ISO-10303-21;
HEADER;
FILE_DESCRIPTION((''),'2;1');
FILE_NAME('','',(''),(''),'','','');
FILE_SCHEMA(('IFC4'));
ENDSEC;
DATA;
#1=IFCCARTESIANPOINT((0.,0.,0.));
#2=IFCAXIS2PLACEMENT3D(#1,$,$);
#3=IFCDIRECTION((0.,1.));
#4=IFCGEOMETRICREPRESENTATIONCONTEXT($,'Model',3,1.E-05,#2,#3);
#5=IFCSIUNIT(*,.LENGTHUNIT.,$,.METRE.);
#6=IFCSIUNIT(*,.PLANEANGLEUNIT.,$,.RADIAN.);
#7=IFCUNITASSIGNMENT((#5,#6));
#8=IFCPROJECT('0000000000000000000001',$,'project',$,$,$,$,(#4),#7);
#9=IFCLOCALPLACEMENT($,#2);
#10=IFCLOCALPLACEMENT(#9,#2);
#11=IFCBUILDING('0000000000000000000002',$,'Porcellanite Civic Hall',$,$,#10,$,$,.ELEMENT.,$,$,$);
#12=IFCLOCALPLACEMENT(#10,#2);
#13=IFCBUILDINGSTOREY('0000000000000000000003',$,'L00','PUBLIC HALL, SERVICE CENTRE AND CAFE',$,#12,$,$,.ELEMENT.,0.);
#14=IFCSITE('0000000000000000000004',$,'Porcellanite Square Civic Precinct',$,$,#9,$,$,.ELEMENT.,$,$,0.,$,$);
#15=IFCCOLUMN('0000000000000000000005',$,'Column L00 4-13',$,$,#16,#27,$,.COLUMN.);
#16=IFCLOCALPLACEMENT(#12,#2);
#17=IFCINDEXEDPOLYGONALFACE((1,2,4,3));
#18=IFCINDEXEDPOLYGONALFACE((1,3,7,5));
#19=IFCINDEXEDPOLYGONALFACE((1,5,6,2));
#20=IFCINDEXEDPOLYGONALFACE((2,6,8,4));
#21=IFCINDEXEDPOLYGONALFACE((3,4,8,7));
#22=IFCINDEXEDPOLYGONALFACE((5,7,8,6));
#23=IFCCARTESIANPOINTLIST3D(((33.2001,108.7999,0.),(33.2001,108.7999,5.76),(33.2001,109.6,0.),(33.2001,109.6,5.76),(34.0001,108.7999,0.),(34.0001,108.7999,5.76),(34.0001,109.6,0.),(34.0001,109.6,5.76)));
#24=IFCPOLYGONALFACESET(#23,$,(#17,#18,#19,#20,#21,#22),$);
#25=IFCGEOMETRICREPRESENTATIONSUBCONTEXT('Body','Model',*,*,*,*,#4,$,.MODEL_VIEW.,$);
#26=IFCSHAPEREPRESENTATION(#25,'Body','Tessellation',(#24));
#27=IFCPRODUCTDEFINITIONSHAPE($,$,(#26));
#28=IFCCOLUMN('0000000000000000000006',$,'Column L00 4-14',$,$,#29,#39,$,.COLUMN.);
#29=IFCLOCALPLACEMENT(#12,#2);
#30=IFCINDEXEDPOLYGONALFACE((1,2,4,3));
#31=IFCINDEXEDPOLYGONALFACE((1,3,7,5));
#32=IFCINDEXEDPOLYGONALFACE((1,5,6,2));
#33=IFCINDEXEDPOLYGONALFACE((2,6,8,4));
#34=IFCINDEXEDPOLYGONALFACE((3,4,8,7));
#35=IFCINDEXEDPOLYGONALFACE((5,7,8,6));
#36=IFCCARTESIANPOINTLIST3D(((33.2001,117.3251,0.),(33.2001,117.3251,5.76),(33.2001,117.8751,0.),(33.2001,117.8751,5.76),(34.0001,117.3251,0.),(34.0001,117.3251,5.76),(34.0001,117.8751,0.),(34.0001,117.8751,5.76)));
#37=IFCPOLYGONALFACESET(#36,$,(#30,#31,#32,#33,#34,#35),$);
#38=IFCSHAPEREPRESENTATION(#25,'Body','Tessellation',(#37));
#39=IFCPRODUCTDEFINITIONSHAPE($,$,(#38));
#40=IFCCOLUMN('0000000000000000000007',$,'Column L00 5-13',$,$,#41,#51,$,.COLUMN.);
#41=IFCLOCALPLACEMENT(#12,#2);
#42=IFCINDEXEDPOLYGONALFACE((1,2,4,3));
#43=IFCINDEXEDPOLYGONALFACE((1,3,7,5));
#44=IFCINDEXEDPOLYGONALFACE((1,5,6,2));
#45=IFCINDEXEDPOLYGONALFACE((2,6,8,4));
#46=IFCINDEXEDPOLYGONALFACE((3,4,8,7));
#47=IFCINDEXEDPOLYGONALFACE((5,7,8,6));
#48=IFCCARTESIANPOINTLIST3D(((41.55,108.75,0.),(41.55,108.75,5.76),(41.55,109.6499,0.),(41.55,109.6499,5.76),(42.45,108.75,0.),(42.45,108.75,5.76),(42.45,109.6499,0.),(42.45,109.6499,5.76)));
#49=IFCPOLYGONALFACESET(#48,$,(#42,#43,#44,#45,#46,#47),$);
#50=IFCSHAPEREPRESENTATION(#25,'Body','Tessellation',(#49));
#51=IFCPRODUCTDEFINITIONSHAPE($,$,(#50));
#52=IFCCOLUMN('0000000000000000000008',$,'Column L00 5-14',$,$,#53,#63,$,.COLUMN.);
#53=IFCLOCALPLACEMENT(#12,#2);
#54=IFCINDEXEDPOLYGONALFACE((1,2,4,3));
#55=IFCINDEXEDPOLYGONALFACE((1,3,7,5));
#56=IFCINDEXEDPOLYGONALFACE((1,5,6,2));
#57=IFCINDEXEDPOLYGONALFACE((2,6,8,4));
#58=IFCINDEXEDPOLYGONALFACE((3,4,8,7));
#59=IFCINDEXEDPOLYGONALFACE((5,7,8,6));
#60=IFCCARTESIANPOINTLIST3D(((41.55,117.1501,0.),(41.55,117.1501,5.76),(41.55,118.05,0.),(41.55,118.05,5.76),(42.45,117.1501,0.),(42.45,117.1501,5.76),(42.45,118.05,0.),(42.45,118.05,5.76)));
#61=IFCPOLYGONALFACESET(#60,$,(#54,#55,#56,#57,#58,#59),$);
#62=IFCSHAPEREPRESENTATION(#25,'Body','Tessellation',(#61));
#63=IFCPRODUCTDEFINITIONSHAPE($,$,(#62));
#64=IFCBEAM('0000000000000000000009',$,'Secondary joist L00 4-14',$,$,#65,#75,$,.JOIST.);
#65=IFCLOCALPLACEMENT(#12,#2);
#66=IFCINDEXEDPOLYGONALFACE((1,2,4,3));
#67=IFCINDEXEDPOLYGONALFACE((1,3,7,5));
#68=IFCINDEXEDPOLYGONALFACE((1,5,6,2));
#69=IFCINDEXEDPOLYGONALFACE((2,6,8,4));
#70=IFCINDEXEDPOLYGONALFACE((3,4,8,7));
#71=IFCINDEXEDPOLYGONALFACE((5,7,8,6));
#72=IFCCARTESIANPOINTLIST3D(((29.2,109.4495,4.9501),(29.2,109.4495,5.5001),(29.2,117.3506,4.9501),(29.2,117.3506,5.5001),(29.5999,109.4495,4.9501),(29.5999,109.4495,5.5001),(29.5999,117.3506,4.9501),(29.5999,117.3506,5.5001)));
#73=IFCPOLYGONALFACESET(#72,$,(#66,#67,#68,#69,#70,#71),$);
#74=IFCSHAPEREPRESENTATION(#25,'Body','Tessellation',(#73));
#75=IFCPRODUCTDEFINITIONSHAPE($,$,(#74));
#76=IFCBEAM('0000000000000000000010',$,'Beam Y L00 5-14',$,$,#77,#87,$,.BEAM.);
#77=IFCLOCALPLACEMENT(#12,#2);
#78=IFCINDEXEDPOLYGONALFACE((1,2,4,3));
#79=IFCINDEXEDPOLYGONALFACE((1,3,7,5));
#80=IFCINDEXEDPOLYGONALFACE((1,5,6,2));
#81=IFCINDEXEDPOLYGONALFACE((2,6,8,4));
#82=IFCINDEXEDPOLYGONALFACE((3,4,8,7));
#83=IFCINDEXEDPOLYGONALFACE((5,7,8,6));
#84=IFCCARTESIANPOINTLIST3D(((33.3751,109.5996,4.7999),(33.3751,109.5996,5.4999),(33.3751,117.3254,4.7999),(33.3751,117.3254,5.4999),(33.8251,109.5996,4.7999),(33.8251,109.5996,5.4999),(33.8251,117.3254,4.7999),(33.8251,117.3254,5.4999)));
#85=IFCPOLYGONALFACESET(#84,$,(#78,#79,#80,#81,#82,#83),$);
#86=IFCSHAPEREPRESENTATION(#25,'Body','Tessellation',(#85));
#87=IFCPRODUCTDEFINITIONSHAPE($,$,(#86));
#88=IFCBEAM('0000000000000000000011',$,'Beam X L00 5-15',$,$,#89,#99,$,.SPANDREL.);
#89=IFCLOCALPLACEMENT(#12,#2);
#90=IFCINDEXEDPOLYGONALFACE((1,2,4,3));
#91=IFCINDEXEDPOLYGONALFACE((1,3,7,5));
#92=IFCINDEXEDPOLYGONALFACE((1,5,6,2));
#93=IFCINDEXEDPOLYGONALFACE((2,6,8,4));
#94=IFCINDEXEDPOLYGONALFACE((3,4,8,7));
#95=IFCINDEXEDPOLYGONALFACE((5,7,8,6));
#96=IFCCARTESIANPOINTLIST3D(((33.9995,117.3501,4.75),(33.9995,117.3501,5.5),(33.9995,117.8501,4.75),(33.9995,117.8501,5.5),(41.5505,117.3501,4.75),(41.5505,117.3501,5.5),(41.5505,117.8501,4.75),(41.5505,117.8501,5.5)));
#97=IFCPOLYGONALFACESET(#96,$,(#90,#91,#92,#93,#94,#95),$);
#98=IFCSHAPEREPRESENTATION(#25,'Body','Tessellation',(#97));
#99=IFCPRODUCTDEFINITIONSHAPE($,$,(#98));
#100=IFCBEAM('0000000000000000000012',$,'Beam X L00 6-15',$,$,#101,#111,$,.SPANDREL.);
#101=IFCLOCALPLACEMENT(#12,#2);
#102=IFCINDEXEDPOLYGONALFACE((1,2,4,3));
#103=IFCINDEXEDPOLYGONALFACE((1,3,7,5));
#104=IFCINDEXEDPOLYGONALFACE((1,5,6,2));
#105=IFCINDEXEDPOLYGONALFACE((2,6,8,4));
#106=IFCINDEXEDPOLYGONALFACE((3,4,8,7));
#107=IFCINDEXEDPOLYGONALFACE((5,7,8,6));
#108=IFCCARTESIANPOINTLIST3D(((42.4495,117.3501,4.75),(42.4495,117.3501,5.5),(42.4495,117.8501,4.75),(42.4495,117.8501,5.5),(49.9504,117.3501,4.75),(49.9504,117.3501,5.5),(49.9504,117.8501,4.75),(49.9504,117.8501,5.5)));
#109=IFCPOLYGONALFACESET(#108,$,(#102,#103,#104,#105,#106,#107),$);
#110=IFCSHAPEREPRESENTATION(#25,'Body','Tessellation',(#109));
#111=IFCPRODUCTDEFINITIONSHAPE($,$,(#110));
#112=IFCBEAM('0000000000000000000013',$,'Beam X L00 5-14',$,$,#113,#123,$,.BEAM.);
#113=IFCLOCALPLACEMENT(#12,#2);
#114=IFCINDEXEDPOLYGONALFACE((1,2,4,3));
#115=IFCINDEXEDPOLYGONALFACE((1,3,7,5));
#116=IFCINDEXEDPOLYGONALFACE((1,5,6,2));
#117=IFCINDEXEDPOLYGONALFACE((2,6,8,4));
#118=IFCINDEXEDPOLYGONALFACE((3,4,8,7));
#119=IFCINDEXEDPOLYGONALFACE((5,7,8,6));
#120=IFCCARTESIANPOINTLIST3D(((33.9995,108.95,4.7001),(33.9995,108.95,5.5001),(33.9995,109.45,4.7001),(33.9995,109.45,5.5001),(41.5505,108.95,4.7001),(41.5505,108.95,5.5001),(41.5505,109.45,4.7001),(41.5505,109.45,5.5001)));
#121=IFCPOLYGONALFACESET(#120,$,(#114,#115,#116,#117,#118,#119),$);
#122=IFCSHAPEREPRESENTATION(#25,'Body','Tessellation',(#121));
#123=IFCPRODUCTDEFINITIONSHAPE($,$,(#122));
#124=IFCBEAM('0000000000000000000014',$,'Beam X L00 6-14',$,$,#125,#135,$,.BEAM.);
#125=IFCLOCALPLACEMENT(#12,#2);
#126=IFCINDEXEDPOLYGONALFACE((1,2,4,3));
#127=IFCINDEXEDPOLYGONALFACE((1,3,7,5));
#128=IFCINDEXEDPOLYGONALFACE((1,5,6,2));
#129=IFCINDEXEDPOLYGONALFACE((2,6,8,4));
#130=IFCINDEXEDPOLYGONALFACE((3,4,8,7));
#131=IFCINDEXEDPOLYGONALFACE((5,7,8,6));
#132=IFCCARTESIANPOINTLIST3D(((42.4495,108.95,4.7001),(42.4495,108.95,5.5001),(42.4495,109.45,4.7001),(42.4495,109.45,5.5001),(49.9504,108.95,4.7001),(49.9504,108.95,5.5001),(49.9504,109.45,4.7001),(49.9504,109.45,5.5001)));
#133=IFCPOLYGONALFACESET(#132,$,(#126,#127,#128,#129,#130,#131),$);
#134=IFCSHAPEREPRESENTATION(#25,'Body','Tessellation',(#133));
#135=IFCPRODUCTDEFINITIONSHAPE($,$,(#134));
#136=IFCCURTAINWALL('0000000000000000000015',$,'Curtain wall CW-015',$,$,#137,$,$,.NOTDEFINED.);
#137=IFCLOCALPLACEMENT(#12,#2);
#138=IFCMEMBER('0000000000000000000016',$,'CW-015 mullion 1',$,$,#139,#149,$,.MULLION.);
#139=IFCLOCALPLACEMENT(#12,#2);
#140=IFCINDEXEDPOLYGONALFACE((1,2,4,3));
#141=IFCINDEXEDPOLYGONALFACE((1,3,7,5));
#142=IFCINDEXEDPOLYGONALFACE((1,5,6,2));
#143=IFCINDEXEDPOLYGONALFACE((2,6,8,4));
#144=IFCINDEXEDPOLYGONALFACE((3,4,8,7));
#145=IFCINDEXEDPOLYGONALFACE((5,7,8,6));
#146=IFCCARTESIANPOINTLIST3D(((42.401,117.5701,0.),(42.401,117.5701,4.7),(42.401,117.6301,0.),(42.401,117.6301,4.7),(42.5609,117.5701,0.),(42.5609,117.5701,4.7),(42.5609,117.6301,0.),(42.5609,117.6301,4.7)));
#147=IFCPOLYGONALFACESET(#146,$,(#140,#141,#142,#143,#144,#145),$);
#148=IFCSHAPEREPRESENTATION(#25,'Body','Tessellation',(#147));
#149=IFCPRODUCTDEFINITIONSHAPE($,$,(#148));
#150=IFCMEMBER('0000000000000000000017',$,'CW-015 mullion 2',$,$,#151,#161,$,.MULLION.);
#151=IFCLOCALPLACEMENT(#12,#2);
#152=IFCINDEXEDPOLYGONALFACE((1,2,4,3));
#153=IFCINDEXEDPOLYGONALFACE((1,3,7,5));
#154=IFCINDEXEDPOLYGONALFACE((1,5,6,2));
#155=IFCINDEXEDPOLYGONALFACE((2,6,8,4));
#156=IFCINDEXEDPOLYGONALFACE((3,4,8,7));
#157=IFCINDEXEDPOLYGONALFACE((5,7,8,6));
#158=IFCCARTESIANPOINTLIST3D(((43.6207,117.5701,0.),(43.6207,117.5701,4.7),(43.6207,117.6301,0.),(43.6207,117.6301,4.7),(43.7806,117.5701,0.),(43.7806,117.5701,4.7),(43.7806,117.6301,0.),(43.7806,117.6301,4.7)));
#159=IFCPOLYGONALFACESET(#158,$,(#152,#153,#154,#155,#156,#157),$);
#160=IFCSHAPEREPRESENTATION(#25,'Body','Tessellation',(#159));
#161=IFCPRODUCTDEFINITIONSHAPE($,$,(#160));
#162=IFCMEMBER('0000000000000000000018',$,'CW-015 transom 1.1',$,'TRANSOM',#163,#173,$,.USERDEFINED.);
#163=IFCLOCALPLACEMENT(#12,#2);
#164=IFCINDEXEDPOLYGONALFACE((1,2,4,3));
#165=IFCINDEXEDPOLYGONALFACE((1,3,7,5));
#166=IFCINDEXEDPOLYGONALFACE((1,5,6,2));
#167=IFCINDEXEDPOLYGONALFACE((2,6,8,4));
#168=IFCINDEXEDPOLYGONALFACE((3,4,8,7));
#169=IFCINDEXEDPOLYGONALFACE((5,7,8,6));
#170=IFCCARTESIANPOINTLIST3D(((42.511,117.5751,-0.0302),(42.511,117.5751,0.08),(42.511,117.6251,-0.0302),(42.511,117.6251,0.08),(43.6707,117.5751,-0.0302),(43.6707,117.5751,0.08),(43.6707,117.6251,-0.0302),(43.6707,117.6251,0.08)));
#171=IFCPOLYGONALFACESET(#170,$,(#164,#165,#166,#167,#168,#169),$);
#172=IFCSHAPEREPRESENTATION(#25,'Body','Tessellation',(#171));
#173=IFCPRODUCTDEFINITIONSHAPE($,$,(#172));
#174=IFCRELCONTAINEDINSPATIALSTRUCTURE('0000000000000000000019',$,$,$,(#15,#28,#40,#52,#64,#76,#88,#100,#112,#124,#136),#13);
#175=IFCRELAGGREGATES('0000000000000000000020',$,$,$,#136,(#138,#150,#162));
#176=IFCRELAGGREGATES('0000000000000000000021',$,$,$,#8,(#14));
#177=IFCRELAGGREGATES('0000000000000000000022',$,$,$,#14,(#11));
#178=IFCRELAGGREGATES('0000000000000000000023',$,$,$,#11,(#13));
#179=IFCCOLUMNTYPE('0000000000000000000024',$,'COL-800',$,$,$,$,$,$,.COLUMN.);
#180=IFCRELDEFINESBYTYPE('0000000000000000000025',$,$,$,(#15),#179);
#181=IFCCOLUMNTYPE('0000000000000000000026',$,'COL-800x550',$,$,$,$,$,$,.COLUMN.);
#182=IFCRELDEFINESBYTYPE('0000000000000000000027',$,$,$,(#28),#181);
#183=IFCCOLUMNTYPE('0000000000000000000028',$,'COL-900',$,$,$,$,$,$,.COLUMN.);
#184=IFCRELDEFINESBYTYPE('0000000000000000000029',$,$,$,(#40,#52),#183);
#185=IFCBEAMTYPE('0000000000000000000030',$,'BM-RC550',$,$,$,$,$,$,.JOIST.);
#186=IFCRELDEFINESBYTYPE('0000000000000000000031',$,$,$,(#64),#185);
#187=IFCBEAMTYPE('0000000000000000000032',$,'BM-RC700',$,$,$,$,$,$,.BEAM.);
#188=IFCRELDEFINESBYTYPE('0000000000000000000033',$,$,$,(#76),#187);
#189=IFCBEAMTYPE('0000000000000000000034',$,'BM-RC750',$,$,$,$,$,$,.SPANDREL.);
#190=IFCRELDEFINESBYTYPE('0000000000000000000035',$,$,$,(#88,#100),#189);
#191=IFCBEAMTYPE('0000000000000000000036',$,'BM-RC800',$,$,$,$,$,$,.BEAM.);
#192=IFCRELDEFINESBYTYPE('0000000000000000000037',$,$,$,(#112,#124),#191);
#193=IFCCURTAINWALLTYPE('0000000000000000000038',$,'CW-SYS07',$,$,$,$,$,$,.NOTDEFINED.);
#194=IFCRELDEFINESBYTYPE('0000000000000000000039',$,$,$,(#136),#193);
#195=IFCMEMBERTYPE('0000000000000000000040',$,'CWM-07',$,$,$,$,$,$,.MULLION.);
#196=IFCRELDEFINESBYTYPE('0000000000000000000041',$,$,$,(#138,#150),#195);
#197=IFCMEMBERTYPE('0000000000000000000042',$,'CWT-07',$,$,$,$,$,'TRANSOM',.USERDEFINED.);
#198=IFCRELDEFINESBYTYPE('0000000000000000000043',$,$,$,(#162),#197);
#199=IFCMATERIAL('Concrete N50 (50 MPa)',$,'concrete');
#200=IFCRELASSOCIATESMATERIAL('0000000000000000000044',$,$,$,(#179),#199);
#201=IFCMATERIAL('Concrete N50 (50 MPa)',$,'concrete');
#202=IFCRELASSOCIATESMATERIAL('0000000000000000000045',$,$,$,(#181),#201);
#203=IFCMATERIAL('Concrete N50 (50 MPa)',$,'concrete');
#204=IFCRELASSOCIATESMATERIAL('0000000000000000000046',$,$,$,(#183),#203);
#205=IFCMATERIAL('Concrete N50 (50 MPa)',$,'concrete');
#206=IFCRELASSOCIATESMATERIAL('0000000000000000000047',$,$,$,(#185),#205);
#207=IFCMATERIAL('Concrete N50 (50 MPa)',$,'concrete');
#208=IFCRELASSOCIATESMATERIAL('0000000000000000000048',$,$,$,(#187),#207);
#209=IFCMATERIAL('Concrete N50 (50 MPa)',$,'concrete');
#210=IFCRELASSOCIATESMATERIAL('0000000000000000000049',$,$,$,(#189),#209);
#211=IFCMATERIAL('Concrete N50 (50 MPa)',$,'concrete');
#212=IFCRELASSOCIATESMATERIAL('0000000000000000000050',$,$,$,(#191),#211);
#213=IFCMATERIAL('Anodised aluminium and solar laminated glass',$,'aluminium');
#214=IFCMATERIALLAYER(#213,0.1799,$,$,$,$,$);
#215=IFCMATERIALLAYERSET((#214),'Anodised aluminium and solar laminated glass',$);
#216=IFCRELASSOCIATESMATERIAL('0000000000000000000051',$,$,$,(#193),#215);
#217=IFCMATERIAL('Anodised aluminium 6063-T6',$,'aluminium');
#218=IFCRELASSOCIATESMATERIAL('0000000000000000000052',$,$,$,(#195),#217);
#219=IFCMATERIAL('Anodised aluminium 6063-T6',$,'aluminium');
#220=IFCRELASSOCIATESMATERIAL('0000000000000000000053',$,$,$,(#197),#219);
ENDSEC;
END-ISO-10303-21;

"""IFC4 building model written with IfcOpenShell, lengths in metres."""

from ifc_helpers import new_model, si_unit, direction, frame, origin, origin_2d, place, context, subcontext, project, spatial, rectangle, extrude, material, layer, layer_set, material_profile, profile_set, type_object, element, aggregate, save


model = new_model("IFC4")

# Units and contexts
model_context = context("Model", 3, precision=1e-05, world=origin(), true_north=direction((0.0, 1.0)))
body_context = subcontext(model_context, "Body", "Model", "MODEL_VIEW")
ifc_project = project(units=[si_unit("LENGTHUNIT", "METRE"), si_unit("PLANEANGLEUNIT", "RADIAN")], contexts=[model_context])

# Site, building, storey
site_placement = place(None, origin())
site = spatial("IfcSite", under=ifc_project, at=site_placement, Name="Porcellanite Square Civic Precinct", CompositionType="ELEMENT", RefElevation=0.0)
building_placement = place(site_placement, origin())
building = spatial("IfcBuilding", under=site, at=building_placement, Name="Porcellanite Civic Hall", CompositionType="ELEMENT")
storey_placement = place(building_placement, origin())
storey = spatial("IfcBuildingStorey", under=building, at=storey_placement, Name="L00", Description="PUBLIC HALL, SERVICE CENTRE AND CAFE", CompositionType="ELEMENT", Elevation=0.0)

# Columns
ifc_material_1 = material(Name="Concrete N50 (50 MPa)", Category="concrete")
ifc_material_profile_1 = material_profile(ifc_material_1, rectangle(XDim=0.8, YDim=0.8, at=origin_2d()), Name="RC-800x800")
ifc_profile_set_1 = profile_set([ifc_material_profile_1], Name="Concrete N50 (50 MPa)")
column_type_1 = type_object("IfcColumnType", Name="COL-800", PredefinedType="COLUMN", material=ifc_profile_set_1)
column_1_placement = place(storey_placement, frame((33.6001, 109.2, 0.0), z_axis=(0.0, 0.0, 1.0), x_axis=(1.0, 0.0, 0.0)))
element("IfcColumn", 1, at=column_1_placement, inside=storey, type_object=column_type_1, Name="Column L00 4-13", PredefinedType="COLUMN", context=body_context, shape_type="SweptSolid", body=[
    extrude(rectangle(XDim=0.8, YDim=0.8, at=origin_2d()), origin(), (0.0, 0.0, 1.0), 5.76),
])
ifc_material_2 = material(Name="Concrete N50 (50 MPa)", Category="concrete")
ifc_material_profile_2 = material_profile(ifc_material_2, rectangle(XDim=0.8, YDim=0.55, at=origin_2d()), Name="RC-800x550")
ifc_profile_set_2 = profile_set([ifc_material_profile_2], Name="Concrete N50 (50 MPa)")
column_type_2 = type_object("IfcColumnType", Name="COL-800x550", PredefinedType="COLUMN", material=ifc_profile_set_2)
column_2_placement = place(storey_placement, frame((33.6001, 117.6001, 0.0), z_axis=(0.0, 0.0, 1.0), x_axis=(1.0, 0.0, 0.0)))
element("IfcColumn", 2, at=column_2_placement, inside=storey, type_object=column_type_2, Name="Column L00 4-14", PredefinedType="COLUMN", context=body_context, shape_type="SweptSolid", body=[
    extrude(rectangle(XDim=0.8, YDim=0.55, at=origin_2d()), origin(), (0.0, 0.0, 1.0), 5.76),
])
ifc_material_3 = material(Name="Concrete N50 (50 MPa)", Category="concrete")
ifc_material_profile_3 = material_profile(ifc_material_3, rectangle(XDim=0.8999, YDim=0.8999, at=origin_2d()), Name="RC-900x900")
ifc_profile_set_3 = profile_set([ifc_material_profile_3], Name="Concrete N50 (50 MPa)")
column_type_3 = type_object("IfcColumnType", Name="COL-900", PredefinedType="COLUMN", material=ifc_profile_set_3)
for number, where, z_axis, x_axis, name in (
    (3, (42.0, 109.2, 0.0), (0.0, 0.0, 1.0), (1.0, 0.0, 0.0), "Column L00 5-13"),
    (4, (42.0, 117.6001, 0.0), (0.0, 0.0, 1.0), (1.0, 0.0, 0.0), "Column L00 5-14"),
):
    element("IfcColumn", number, at=place(storey_placement, frame(where, z_axis=z_axis, x_axis=x_axis)), inside=storey, type_object=column_type_3, Name=name, PredefinedType="COLUMN", context=body_context, shape_type="SweptSolid", body=[
        extrude(rectangle(XDim=0.8999, YDim=0.8999, at=origin_2d()), origin(), (0.0, 0.0, 1.0), 5.76),
    ])

# Beams
ifc_material_4 = material(Name="Concrete N50 (50 MPa)", Category="concrete")
ifc_material_profile_4 = material_profile(ifc_material_4, rectangle(XDim=0.3999, YDim=0.55, at=origin_2d()), Name="RC-400x550")
ifc_profile_set_4 = profile_set([ifc_material_profile_4], Name="Concrete N50 (50 MPa)")
beam_type_1 = type_object("IfcBeamType", Name="BM-RC550", PredefinedType="JOIST", material=ifc_profile_set_4)
beam_1_placement = place(storey_placement, frame((29.3999, 109.4495, 5.2251), z_axis=(0.0, 1.0, 0.0), x_axis=(-1.0, 0.0, 0.0)))
element("IfcBeam", 5, at=beam_1_placement, inside=storey, type_object=beam_type_1, Name="Secondary joist L00 4-14", PredefinedType="JOIST", context=body_context, shape_type="SweptSolid", body=[
    extrude(rectangle(XDim=0.3999, YDim=0.55, at=origin_2d()), origin(), (0.0, 0.0, 1.0), 7.9011),
])
ifc_material_5 = material(Name="Concrete N50 (50 MPa)", Category="concrete")
ifc_material_profile_5 = material_profile(ifc_material_5, rectangle(XDim=0.45, YDim=0.7, at=origin_2d()), Name="RC-450x700")
ifc_profile_set_5 = profile_set([ifc_material_profile_5], Name="Concrete N50 (50 MPa)")
beam_type_2 = type_object("IfcBeamType", Name="BM-RC700", PredefinedType="BEAM", material=ifc_profile_set_5)
beam_2_placement = place(storey_placement, frame((33.6001, 109.5996, 5.1499), z_axis=(0.0, 1.0, 0.0), x_axis=(-1.0, 0.0, 0.0)))
element("IfcBeam", 6, at=beam_2_placement, inside=storey, type_object=beam_type_2, Name="Beam Y L00 5-14", PredefinedType="BEAM", context=body_context, shape_type="SweptSolid", body=[
    extrude(rectangle(XDim=0.45, YDim=0.7, at=origin_2d()), origin(), (0.0, 0.0, 1.0), 7.7258),
])
ifc_material_6 = material(Name="Concrete N50 (50 MPa)", Category="concrete")
ifc_material_profile_6 = material_profile(ifc_material_6, rectangle(XDim=0.5, YDim=0.75, at=origin_2d()), Name="RC-500x750")
ifc_profile_set_6 = profile_set([ifc_material_profile_6], Name="Concrete N50 (50 MPa)")
beam_type_3 = type_object("IfcBeamType", Name="BM-RC750", PredefinedType="SPANDREL", material=ifc_profile_set_6)
beam_3_placement = place(storey_placement, frame((33.9995, 117.6001, 5.125), z_axis=(1.0, 0.0, 0.0), x_axis=(0.0, 1.0, 0.0)))
element("IfcBeam", 7, at=beam_3_placement, inside=storey, type_object=beam_type_3, Name="Beam X L00 5-15", PredefinedType="SPANDREL", context=body_context, shape_type="SweptSolid", body=[
    extrude(rectangle(XDim=0.5, YDim=0.75, at=origin_2d()), origin(), (0.0, 0.0, 1.0), 7.551),
])
beam_4_placement = place(storey_placement, frame((42.4495, 117.6001, 5.125), z_axis=(1.0, 0.0, 0.0), x_axis=(0.0, 1.0, 0.0)))
element("IfcBeam", 8, at=beam_4_placement, inside=storey, type_object=beam_type_3, Name="Beam X L00 6-15", PredefinedType="SPANDREL", context=body_context, shape_type="SweptSolid", body=[
    extrude(rectangle(XDim=0.5, YDim=0.75, at=origin_2d()), origin(), (0.0, 0.0, 1.0), 7.501),
])
ifc_material_7 = material(Name="Concrete N50 (50 MPa)", Category="concrete")
ifc_material_profile_7 = material_profile(ifc_material_7, rectangle(XDim=0.5, YDim=0.8, at=origin_2d()), Name="RC-500x800")
ifc_profile_set_7 = profile_set([ifc_material_profile_7], Name="Concrete N50 (50 MPa)")
beam_type_4 = type_object("IfcBeamType", Name="BM-RC800", PredefinedType="BEAM", material=ifc_profile_set_7)
beam_5_placement = place(storey_placement, frame((33.9995, 109.2, 5.1001), z_axis=(1.0, 0.0, 0.0), x_axis=(0.0, 1.0, 0.0)))
element("IfcBeam", 9, at=beam_5_placement, inside=storey, type_object=beam_type_4, Name="Beam X L00 5-14", PredefinedType="BEAM", context=body_context, shape_type="SweptSolid", body=[
    extrude(rectangle(XDim=0.5, YDim=0.8, at=origin_2d()), origin(), (0.0, 0.0, 1.0), 7.551),
])
beam_6_placement = place(storey_placement, frame((42.4495, 109.2, 5.1001), z_axis=(1.0, 0.0, 0.0), x_axis=(0.0, 1.0, 0.0)))
element("IfcBeam", 10, at=beam_6_placement, inside=storey, type_object=beam_type_4, Name="Beam X L00 6-14", PredefinedType="BEAM", context=body_context, shape_type="SweptSolid", body=[
    extrude(rectangle(XDim=0.5, YDim=0.8, at=origin_2d()), origin(), (0.0, 0.0, 1.0), 7.501),
])

# Curtain wall, members
ifc_material_8 = material(Name="Anodised aluminium and solar laminated glass", Category="aluminium")
ifc_layer_1 = layer(ifc_material_8, 0.1799)
ifc_layer_set_1 = layer_set([ifc_layer_1], Name="Anodised aluminium and solar laminated glass")
curtain_wall_type = type_object("IfcCurtainWallType", Name="CW-SYS07", PredefinedType="NOTDEFINED", material=ifc_layer_set_1)
curtain_wall_placement = place(storey_placement, origin())
curtain_wall = element("IfcCurtainWall", 11, at=curtain_wall_placement, inside=storey, type_object=curtain_wall_type, Name="Curtain wall CW-015", PredefinedType="NOTDEFINED")
ifc_material_9 = material(Name="Anodised aluminium 6063-T6", Category="aluminium")
ifc_material_profile_8 = material_profile(ifc_material_9, rectangle(XDim=0.0601, YDim=0.1599, at=origin_2d()), Name="AL-60x160")
ifc_profile_set_8 = profile_set([ifc_material_profile_8], Name="Anodised aluminium 6063-T6")
member_type_1 = type_object("IfcMemberType", Name="CWM-07", PredefinedType="MULLION", material=ifc_profile_set_8)
member_1_placement = place(storey_placement, frame((42.481, 117.6001, 0.0), z_axis=(0.0, 0.0, 1.0), x_axis=(0.0, 1.0, 0.0)))
member_1 = element("IfcMember", 12, at=member_1_placement, type_object=member_type_1, Name="CW-015 mullion 1", PredefinedType="MULLION", context=body_context, shape_type="SweptSolid", body=[
    extrude(rectangle(XDim=0.0601, YDim=0.1599, at=origin_2d()), origin(), (0.0, 0.0, 1.0), 4.7),
])
member_2_placement = place(storey_placement, frame((43.7007, 117.6001, 0.0), z_axis=(0.0, 0.0, 1.0), x_axis=(0.0, 1.0, 0.0)))
member_2 = element("IfcMember", 13, at=member_2_placement, type_object=member_type_1, Name="CW-015 mullion 2", PredefinedType="MULLION", context=body_context, shape_type="SweptSolid", body=[
    extrude(rectangle(XDim=0.0601, YDim=0.1599, at=origin_2d()), origin(), (0.0, 0.0, 1.0), 4.7),
])
ifc_material_10 = material(Name="Anodised aluminium 6063-T6", Category="aluminium")
ifc_material_profile_9 = material_profile(ifc_material_10, rectangle(XDim=0.05, YDim=0.1101, at=origin_2d()), Name="AL-50x110")
ifc_profile_set_9 = profile_set([ifc_material_profile_9], Name="Anodised aluminium 6063-T6")
member_type_2 = type_object("IfcMemberType", Name="CWT-07", ElementType="TRANSOM", PredefinedType="USERDEFINED", material=ifc_profile_set_9)
member_3_placement = place(storey_placement, frame((42.511, 117.6001, 0.0249), z_axis=(1.0, 0.0, 0.0), x_axis=(0.0, 1.0, 0.0)))
member_3 = element("IfcMember", 14, at=member_3_placement, type_object=member_type_2, Name="CW-015 transom 1.1", ObjectType="TRANSOM", PredefinedType="USERDEFINED", context=body_context, shape_type="SweptSolid", body=[
    extrude(rectangle(XDim=0.05, YDim=0.1101, at=origin_2d()), origin(), (0.0, 0.0, 1.0), 1.1597),
])

aggregate(curtain_wall, [member_1, member_2, member_3])

save(model, "model.ifc")
